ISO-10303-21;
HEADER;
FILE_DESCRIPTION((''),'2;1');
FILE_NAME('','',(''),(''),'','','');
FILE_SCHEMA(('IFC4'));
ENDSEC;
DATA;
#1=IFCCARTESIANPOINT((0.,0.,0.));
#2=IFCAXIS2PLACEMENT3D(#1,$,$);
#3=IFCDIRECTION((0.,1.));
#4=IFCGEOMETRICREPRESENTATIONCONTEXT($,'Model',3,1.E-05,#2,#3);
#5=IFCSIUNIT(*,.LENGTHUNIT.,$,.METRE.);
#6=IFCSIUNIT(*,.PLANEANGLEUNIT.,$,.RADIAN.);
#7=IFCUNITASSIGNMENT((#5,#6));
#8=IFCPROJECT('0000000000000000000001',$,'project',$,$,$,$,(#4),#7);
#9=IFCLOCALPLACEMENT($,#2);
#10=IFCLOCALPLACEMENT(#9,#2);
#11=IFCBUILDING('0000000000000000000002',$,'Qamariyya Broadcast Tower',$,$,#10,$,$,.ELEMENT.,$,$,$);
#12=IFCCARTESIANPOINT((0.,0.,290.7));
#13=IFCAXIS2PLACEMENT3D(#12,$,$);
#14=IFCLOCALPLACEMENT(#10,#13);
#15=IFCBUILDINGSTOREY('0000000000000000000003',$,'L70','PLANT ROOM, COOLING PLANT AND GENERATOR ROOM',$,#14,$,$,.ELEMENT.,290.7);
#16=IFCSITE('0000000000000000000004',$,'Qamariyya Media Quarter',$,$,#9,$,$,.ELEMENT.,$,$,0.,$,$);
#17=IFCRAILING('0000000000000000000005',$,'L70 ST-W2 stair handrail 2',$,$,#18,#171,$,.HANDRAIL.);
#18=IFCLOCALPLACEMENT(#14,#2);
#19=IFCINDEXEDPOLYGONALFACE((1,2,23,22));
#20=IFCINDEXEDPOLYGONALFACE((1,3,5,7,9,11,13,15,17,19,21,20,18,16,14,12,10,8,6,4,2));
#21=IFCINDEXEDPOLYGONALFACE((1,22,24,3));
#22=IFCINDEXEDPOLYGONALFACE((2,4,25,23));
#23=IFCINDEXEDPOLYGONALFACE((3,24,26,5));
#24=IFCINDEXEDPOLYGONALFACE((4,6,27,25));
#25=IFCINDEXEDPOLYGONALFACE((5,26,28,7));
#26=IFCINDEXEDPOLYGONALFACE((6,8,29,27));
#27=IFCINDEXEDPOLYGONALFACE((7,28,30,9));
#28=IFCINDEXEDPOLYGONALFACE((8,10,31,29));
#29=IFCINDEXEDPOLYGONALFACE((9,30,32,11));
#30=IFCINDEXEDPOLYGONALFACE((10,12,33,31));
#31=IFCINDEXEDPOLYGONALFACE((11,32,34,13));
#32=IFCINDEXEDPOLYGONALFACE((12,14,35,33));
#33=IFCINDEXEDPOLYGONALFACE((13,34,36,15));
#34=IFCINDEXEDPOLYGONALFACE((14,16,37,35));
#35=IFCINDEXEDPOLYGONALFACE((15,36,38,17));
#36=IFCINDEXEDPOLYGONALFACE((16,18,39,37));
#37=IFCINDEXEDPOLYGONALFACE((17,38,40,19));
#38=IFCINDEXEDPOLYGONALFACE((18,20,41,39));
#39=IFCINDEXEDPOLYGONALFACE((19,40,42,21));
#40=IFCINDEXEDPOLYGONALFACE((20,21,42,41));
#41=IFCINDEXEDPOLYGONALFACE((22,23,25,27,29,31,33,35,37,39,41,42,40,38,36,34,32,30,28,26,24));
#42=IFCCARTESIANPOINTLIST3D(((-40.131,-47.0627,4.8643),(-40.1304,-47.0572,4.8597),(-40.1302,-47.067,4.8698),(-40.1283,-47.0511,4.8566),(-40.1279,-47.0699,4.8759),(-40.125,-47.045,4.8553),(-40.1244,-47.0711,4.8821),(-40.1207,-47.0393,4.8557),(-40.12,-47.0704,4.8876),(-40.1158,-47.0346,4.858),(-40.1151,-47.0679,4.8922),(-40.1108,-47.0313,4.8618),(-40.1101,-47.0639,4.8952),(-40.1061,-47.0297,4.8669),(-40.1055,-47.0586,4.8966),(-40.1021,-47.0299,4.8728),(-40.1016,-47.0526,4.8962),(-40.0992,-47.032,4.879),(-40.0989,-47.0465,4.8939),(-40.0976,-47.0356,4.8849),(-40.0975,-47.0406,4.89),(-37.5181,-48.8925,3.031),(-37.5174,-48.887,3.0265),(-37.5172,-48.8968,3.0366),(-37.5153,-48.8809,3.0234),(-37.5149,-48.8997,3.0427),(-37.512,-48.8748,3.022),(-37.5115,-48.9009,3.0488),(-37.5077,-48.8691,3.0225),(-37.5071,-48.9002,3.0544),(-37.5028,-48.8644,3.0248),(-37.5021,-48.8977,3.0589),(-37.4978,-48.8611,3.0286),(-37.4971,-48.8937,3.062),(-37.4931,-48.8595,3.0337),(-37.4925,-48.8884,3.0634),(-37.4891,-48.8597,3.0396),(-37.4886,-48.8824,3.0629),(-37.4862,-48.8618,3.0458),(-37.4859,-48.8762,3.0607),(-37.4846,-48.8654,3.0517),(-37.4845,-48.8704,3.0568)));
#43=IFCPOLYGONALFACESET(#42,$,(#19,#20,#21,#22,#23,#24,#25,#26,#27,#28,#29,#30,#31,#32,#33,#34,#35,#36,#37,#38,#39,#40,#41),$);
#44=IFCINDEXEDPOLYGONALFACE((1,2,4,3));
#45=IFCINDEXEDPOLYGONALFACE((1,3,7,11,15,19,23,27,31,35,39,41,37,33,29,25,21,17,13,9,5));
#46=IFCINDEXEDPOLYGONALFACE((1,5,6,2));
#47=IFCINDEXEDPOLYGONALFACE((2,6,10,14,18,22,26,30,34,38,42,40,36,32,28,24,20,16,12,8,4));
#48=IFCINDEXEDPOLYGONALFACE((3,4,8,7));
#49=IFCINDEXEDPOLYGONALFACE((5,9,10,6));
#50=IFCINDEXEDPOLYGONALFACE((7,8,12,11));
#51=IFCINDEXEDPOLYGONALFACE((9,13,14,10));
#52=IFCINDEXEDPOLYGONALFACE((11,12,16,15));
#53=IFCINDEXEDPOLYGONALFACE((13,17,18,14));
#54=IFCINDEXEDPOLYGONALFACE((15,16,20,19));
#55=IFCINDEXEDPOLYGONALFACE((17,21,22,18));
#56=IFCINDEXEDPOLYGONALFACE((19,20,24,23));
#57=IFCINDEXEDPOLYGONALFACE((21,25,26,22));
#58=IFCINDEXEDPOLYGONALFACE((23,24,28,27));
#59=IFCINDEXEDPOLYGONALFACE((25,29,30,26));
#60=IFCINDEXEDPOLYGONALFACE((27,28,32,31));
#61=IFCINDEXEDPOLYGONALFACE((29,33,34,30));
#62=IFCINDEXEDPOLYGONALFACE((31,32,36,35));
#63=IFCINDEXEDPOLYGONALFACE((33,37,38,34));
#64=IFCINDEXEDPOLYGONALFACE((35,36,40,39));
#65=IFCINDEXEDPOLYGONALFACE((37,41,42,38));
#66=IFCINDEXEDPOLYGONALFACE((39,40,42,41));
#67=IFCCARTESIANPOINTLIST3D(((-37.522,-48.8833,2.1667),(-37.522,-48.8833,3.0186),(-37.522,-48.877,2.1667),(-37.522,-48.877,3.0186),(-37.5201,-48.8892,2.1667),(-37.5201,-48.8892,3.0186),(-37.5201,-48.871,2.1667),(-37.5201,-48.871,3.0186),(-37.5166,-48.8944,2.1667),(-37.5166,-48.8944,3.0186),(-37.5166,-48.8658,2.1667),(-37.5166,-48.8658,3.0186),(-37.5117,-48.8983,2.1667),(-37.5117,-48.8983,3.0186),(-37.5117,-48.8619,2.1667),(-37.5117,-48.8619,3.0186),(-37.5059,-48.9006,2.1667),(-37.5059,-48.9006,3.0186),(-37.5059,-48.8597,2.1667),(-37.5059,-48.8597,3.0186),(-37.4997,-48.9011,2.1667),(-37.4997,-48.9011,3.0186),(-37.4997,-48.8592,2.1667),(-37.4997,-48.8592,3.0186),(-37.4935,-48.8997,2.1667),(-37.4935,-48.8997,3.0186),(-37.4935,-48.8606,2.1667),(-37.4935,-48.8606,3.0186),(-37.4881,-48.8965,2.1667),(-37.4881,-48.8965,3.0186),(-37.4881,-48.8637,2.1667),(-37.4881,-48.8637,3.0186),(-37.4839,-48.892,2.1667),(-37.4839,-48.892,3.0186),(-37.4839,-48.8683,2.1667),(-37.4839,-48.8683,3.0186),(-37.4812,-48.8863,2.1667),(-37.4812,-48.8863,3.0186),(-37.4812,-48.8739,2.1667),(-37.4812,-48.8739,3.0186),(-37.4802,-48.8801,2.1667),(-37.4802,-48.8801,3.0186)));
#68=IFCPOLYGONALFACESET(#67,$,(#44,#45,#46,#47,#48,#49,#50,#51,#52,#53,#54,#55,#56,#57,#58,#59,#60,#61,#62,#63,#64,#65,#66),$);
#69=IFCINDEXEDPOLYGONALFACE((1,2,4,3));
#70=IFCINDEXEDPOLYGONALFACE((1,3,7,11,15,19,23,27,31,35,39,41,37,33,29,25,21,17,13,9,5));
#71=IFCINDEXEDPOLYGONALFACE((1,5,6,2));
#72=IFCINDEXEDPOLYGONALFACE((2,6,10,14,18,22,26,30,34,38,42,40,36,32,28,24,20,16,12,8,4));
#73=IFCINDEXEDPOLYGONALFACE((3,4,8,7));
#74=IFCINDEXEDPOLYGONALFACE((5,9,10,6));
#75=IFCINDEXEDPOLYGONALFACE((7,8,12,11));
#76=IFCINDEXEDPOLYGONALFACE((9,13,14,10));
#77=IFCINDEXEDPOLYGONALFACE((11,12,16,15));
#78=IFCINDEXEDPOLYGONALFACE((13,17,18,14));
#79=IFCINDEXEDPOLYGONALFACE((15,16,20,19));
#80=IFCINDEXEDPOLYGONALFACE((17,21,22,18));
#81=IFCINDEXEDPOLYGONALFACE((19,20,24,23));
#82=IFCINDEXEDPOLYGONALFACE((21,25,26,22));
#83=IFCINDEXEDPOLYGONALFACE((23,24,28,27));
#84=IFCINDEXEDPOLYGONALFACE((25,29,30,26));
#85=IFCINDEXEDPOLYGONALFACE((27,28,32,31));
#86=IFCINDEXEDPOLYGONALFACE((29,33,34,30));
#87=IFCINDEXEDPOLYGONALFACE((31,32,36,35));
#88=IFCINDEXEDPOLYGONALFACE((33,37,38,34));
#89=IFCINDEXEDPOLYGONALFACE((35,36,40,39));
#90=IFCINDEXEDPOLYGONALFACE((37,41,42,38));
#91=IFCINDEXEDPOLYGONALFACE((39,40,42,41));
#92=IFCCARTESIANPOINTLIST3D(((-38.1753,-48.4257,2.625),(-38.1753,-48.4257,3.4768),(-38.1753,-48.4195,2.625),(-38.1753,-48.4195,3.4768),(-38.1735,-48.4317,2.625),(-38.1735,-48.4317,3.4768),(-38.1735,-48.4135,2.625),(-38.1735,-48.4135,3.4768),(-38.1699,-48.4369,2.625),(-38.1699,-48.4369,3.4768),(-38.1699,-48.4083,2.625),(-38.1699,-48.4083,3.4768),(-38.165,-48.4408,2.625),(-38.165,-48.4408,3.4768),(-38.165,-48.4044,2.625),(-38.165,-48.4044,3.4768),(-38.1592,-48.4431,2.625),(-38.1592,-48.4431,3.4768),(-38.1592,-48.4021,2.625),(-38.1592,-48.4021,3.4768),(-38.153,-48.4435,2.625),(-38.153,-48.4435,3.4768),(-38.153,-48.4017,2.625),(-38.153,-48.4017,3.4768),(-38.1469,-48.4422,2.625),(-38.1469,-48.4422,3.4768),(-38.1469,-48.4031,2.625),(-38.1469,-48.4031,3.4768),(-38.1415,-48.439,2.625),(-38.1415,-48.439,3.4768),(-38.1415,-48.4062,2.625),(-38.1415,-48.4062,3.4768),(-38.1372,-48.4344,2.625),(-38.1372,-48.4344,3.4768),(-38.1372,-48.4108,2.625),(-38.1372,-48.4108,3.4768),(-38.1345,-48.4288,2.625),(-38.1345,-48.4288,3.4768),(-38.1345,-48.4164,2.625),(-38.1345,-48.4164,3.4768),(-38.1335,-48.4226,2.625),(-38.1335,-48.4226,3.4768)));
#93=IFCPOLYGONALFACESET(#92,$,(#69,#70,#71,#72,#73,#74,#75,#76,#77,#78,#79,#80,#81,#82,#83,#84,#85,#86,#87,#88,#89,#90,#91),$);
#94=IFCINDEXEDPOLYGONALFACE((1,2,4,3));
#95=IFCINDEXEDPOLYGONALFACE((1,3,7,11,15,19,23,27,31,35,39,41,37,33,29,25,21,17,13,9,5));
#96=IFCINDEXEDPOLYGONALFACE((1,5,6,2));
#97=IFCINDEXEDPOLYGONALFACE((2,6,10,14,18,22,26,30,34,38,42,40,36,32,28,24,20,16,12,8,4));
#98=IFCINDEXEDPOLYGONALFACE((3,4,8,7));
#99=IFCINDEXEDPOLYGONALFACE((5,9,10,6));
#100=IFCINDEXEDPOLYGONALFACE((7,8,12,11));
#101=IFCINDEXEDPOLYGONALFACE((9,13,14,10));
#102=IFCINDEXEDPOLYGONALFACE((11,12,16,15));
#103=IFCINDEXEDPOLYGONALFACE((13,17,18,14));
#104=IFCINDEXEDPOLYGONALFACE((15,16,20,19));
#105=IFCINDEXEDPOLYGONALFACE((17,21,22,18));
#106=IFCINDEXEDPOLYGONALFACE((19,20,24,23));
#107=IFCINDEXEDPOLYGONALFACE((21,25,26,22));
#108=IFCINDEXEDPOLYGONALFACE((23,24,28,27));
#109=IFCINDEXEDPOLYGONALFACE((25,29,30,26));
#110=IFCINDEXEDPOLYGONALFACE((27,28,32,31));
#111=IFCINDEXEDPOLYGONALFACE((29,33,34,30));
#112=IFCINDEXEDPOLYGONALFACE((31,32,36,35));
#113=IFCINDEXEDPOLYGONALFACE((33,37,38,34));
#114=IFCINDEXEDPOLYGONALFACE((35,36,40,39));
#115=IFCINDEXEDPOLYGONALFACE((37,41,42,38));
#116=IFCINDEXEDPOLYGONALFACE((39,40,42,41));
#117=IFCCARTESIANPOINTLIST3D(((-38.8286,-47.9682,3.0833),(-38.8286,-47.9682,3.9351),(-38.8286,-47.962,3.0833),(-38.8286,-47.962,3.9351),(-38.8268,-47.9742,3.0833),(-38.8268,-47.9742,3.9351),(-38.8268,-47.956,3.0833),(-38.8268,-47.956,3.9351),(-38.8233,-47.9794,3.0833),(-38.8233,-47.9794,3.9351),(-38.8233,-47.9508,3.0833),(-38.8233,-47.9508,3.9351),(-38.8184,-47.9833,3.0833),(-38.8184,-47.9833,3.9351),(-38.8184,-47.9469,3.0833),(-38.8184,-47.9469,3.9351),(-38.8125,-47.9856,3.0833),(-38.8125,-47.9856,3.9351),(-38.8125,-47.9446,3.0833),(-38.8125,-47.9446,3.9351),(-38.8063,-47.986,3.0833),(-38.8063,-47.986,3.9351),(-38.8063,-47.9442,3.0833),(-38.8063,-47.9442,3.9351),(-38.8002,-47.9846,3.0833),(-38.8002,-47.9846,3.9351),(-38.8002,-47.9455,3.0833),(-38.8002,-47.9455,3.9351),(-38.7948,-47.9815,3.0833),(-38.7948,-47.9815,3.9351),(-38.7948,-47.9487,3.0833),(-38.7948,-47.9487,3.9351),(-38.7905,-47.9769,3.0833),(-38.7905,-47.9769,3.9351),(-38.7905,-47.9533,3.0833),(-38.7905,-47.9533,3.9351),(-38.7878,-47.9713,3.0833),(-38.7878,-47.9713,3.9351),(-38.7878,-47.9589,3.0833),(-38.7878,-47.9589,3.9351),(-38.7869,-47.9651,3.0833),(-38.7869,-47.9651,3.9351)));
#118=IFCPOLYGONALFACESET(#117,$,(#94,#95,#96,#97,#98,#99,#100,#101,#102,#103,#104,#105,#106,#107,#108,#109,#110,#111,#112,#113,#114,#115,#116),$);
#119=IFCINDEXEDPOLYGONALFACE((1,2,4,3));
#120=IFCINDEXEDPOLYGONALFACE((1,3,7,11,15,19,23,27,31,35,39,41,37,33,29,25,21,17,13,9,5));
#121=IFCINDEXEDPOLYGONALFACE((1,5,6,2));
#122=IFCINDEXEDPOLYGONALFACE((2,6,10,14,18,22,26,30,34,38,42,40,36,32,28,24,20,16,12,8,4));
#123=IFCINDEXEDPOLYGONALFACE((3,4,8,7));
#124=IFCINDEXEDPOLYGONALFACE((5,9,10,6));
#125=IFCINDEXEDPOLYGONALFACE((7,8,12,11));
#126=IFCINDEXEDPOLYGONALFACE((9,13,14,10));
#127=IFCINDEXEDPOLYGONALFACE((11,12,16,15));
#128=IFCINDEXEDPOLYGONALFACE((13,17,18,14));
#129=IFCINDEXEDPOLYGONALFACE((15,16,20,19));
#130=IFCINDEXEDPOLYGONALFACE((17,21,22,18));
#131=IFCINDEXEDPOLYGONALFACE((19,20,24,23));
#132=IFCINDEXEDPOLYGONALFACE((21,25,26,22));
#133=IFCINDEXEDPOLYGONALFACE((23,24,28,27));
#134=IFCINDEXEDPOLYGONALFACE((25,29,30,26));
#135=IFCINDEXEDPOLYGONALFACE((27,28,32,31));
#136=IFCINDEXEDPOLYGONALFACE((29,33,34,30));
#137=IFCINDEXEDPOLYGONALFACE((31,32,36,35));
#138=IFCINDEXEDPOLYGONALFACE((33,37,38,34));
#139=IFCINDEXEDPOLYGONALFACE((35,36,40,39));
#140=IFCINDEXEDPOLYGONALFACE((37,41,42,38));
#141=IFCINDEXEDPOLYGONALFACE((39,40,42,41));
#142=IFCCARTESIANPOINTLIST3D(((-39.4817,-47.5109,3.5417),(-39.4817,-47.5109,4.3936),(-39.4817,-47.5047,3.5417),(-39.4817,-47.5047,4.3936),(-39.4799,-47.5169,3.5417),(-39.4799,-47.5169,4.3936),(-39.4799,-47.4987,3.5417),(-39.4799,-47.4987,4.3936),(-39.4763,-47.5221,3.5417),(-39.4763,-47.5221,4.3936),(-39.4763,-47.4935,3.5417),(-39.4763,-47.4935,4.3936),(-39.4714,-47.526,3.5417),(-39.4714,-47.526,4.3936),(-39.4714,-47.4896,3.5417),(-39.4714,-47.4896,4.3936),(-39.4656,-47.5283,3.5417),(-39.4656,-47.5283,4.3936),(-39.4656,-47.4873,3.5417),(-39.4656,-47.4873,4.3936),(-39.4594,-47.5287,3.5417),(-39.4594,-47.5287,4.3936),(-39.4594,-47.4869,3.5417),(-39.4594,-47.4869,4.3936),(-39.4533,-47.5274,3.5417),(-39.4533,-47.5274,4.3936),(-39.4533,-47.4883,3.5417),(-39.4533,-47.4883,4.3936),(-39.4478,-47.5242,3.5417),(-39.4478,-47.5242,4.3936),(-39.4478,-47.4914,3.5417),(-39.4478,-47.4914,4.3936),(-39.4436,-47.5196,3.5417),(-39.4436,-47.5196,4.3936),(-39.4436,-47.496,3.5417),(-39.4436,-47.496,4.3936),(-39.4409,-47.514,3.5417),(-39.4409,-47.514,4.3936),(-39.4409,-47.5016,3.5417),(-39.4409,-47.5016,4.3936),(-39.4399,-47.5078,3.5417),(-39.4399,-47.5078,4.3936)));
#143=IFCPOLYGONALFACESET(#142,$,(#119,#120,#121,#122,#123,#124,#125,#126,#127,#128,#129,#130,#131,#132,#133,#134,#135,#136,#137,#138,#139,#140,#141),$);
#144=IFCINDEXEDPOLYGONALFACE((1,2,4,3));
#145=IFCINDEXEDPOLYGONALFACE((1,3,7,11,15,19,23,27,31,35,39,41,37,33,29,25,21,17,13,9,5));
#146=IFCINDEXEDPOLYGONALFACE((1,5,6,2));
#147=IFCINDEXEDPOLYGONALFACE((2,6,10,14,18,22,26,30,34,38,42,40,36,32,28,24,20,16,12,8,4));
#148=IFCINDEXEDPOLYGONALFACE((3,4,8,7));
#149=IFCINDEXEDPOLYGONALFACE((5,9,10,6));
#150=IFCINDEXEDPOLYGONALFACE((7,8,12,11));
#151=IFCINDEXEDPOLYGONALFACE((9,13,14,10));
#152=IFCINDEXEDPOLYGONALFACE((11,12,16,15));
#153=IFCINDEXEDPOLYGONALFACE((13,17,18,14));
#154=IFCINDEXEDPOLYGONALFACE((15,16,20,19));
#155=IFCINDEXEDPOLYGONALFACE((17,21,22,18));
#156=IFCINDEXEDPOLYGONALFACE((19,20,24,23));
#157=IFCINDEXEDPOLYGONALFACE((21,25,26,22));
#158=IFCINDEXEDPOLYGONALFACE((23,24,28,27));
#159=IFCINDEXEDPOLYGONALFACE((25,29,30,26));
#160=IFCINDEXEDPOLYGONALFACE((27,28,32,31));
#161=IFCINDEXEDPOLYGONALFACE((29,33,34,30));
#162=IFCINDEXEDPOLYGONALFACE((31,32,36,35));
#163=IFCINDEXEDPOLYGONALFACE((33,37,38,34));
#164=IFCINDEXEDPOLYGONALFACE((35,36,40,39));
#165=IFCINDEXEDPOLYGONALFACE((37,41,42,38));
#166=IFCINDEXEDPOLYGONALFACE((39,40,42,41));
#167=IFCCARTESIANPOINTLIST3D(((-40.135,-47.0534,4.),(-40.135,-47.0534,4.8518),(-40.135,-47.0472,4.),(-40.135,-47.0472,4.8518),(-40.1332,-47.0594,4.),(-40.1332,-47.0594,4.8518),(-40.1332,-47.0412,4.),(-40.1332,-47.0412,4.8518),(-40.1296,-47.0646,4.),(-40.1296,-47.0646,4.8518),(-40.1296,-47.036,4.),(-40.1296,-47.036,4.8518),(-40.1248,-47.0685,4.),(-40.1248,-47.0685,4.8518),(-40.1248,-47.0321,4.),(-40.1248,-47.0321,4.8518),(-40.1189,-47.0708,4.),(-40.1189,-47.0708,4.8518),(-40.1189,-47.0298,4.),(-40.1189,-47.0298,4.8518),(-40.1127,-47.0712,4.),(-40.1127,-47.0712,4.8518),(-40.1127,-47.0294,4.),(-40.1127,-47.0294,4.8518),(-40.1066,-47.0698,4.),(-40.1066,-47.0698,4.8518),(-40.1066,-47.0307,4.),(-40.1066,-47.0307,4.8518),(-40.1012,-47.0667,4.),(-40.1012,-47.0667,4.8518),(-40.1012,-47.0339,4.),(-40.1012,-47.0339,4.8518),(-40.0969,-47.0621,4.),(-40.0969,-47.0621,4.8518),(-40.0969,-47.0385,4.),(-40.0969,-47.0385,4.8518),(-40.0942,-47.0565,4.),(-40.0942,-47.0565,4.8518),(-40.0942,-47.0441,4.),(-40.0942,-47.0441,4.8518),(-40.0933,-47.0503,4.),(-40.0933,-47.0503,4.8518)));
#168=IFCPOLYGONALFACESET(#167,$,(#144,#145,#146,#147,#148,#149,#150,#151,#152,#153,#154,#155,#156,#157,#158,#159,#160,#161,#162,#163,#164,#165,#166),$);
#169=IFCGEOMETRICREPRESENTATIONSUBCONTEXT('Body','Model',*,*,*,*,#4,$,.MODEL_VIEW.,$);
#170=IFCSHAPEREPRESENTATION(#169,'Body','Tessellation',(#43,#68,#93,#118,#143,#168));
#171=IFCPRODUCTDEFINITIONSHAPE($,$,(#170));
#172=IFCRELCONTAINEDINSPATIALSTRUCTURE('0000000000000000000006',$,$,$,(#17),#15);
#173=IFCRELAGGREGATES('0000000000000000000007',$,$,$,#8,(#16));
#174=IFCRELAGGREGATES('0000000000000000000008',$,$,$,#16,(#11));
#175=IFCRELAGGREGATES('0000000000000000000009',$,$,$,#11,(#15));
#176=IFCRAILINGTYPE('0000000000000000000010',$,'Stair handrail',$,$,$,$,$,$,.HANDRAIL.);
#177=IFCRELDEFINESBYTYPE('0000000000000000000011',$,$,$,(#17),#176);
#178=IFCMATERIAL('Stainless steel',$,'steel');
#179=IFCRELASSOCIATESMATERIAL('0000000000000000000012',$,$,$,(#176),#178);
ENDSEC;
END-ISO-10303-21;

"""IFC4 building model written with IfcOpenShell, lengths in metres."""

from ifc_helpers import new_model, si_unit, direction, frame, origin, origin_2d, place, context, subcontext, project, spatial, circle, extrude, material, type_object, element, save


model = new_model("IFC4")

# Units and contexts
model_context = context("Model", 3, precision=1e-05, world=origin(), true_north=direction((0.0, 1.0)))
body_context = subcontext(model_context, "Body", "Model", "MODEL_VIEW")
ifc_project = project(units=[si_unit("LENGTHUNIT", "METRE"), si_unit("PLANEANGLEUNIT", "RADIAN")], contexts=[model_context])

# Site, building, storey
site_placement = place(None, origin())
site = spatial("IfcSite", under=ifc_project, at=site_placement, Name="Qamariyya Media Quarter", CompositionType="ELEMENT", RefElevation=0.0)
building_placement = place(site_placement, origin())
building = spatial("IfcBuilding", under=site, at=building_placement, Name="Qamariyya Broadcast Tower", CompositionType="ELEMENT")
storey_placement = place(building_placement, frame((0.0, 0.0, 290.7)))
storey = spatial("IfcBuildingStorey", under=building, at=storey_placement, Name="L70", Description="PLANT ROOM, COOLING PLANT AND GENERATOR ROOM", CompositionType="ELEMENT", Elevation=290.7)

# Railing
ifc_material_1 = material(Name="Stainless steel", Category="steel")
railing_type_1 = type_object("IfcRailingType", Name="Stair handrail", PredefinedType="HANDRAIL", material=ifc_material_1)
railing_1_placement = place(storey_placement, frame((-37.5012, -48.8801, 2.1667)))
element("IfcRailing", 1, at=railing_1_placement, inside=storey, type_object=railing_type_1, Name="L70 ST-W2 stair handrail 2", PredefinedType="HANDRAIL", context=body_context, shape_type="SweptSolid", body=[
    extrude(circle(Radius=0.0239, at=origin_2d()), frame((0.0, 0.0, 0.876), z_axis=(-0.710204, 0.497335, 0.498264), x_axis=(-0.573611, -0.819128, 0.0)), (0.0, 0.0, 1.0), 3.6792),
    extrude(circle(Radius=0.021, at=origin_2d()), origin(), (0.0, 0.0, 1.0), 0.8518),
    extrude(circle(Radius=0.021, at=origin_2d()), frame((-0.6533, 0.4575, 0.4583)), (0.0, 0.0, 1.0), 0.8518),
    extrude(circle(Radius=0.021, at=origin_2d()), frame((-1.3066, 0.915, 0.9165)), (0.0, 0.0, 1.0), 0.8518),
    extrude(circle(Radius=0.021, at=origin_2d()), frame((-1.9597, 1.3723, 1.375)), (0.0, 0.0, 1.0), 0.8518),
    extrude(circle(Radius=0.021, at=origin_2d()), frame((-2.613, 1.8298, 1.8333)), (0.0, 0.0, 1.0), 0.8518),
])

save(model, "model.ifc")
